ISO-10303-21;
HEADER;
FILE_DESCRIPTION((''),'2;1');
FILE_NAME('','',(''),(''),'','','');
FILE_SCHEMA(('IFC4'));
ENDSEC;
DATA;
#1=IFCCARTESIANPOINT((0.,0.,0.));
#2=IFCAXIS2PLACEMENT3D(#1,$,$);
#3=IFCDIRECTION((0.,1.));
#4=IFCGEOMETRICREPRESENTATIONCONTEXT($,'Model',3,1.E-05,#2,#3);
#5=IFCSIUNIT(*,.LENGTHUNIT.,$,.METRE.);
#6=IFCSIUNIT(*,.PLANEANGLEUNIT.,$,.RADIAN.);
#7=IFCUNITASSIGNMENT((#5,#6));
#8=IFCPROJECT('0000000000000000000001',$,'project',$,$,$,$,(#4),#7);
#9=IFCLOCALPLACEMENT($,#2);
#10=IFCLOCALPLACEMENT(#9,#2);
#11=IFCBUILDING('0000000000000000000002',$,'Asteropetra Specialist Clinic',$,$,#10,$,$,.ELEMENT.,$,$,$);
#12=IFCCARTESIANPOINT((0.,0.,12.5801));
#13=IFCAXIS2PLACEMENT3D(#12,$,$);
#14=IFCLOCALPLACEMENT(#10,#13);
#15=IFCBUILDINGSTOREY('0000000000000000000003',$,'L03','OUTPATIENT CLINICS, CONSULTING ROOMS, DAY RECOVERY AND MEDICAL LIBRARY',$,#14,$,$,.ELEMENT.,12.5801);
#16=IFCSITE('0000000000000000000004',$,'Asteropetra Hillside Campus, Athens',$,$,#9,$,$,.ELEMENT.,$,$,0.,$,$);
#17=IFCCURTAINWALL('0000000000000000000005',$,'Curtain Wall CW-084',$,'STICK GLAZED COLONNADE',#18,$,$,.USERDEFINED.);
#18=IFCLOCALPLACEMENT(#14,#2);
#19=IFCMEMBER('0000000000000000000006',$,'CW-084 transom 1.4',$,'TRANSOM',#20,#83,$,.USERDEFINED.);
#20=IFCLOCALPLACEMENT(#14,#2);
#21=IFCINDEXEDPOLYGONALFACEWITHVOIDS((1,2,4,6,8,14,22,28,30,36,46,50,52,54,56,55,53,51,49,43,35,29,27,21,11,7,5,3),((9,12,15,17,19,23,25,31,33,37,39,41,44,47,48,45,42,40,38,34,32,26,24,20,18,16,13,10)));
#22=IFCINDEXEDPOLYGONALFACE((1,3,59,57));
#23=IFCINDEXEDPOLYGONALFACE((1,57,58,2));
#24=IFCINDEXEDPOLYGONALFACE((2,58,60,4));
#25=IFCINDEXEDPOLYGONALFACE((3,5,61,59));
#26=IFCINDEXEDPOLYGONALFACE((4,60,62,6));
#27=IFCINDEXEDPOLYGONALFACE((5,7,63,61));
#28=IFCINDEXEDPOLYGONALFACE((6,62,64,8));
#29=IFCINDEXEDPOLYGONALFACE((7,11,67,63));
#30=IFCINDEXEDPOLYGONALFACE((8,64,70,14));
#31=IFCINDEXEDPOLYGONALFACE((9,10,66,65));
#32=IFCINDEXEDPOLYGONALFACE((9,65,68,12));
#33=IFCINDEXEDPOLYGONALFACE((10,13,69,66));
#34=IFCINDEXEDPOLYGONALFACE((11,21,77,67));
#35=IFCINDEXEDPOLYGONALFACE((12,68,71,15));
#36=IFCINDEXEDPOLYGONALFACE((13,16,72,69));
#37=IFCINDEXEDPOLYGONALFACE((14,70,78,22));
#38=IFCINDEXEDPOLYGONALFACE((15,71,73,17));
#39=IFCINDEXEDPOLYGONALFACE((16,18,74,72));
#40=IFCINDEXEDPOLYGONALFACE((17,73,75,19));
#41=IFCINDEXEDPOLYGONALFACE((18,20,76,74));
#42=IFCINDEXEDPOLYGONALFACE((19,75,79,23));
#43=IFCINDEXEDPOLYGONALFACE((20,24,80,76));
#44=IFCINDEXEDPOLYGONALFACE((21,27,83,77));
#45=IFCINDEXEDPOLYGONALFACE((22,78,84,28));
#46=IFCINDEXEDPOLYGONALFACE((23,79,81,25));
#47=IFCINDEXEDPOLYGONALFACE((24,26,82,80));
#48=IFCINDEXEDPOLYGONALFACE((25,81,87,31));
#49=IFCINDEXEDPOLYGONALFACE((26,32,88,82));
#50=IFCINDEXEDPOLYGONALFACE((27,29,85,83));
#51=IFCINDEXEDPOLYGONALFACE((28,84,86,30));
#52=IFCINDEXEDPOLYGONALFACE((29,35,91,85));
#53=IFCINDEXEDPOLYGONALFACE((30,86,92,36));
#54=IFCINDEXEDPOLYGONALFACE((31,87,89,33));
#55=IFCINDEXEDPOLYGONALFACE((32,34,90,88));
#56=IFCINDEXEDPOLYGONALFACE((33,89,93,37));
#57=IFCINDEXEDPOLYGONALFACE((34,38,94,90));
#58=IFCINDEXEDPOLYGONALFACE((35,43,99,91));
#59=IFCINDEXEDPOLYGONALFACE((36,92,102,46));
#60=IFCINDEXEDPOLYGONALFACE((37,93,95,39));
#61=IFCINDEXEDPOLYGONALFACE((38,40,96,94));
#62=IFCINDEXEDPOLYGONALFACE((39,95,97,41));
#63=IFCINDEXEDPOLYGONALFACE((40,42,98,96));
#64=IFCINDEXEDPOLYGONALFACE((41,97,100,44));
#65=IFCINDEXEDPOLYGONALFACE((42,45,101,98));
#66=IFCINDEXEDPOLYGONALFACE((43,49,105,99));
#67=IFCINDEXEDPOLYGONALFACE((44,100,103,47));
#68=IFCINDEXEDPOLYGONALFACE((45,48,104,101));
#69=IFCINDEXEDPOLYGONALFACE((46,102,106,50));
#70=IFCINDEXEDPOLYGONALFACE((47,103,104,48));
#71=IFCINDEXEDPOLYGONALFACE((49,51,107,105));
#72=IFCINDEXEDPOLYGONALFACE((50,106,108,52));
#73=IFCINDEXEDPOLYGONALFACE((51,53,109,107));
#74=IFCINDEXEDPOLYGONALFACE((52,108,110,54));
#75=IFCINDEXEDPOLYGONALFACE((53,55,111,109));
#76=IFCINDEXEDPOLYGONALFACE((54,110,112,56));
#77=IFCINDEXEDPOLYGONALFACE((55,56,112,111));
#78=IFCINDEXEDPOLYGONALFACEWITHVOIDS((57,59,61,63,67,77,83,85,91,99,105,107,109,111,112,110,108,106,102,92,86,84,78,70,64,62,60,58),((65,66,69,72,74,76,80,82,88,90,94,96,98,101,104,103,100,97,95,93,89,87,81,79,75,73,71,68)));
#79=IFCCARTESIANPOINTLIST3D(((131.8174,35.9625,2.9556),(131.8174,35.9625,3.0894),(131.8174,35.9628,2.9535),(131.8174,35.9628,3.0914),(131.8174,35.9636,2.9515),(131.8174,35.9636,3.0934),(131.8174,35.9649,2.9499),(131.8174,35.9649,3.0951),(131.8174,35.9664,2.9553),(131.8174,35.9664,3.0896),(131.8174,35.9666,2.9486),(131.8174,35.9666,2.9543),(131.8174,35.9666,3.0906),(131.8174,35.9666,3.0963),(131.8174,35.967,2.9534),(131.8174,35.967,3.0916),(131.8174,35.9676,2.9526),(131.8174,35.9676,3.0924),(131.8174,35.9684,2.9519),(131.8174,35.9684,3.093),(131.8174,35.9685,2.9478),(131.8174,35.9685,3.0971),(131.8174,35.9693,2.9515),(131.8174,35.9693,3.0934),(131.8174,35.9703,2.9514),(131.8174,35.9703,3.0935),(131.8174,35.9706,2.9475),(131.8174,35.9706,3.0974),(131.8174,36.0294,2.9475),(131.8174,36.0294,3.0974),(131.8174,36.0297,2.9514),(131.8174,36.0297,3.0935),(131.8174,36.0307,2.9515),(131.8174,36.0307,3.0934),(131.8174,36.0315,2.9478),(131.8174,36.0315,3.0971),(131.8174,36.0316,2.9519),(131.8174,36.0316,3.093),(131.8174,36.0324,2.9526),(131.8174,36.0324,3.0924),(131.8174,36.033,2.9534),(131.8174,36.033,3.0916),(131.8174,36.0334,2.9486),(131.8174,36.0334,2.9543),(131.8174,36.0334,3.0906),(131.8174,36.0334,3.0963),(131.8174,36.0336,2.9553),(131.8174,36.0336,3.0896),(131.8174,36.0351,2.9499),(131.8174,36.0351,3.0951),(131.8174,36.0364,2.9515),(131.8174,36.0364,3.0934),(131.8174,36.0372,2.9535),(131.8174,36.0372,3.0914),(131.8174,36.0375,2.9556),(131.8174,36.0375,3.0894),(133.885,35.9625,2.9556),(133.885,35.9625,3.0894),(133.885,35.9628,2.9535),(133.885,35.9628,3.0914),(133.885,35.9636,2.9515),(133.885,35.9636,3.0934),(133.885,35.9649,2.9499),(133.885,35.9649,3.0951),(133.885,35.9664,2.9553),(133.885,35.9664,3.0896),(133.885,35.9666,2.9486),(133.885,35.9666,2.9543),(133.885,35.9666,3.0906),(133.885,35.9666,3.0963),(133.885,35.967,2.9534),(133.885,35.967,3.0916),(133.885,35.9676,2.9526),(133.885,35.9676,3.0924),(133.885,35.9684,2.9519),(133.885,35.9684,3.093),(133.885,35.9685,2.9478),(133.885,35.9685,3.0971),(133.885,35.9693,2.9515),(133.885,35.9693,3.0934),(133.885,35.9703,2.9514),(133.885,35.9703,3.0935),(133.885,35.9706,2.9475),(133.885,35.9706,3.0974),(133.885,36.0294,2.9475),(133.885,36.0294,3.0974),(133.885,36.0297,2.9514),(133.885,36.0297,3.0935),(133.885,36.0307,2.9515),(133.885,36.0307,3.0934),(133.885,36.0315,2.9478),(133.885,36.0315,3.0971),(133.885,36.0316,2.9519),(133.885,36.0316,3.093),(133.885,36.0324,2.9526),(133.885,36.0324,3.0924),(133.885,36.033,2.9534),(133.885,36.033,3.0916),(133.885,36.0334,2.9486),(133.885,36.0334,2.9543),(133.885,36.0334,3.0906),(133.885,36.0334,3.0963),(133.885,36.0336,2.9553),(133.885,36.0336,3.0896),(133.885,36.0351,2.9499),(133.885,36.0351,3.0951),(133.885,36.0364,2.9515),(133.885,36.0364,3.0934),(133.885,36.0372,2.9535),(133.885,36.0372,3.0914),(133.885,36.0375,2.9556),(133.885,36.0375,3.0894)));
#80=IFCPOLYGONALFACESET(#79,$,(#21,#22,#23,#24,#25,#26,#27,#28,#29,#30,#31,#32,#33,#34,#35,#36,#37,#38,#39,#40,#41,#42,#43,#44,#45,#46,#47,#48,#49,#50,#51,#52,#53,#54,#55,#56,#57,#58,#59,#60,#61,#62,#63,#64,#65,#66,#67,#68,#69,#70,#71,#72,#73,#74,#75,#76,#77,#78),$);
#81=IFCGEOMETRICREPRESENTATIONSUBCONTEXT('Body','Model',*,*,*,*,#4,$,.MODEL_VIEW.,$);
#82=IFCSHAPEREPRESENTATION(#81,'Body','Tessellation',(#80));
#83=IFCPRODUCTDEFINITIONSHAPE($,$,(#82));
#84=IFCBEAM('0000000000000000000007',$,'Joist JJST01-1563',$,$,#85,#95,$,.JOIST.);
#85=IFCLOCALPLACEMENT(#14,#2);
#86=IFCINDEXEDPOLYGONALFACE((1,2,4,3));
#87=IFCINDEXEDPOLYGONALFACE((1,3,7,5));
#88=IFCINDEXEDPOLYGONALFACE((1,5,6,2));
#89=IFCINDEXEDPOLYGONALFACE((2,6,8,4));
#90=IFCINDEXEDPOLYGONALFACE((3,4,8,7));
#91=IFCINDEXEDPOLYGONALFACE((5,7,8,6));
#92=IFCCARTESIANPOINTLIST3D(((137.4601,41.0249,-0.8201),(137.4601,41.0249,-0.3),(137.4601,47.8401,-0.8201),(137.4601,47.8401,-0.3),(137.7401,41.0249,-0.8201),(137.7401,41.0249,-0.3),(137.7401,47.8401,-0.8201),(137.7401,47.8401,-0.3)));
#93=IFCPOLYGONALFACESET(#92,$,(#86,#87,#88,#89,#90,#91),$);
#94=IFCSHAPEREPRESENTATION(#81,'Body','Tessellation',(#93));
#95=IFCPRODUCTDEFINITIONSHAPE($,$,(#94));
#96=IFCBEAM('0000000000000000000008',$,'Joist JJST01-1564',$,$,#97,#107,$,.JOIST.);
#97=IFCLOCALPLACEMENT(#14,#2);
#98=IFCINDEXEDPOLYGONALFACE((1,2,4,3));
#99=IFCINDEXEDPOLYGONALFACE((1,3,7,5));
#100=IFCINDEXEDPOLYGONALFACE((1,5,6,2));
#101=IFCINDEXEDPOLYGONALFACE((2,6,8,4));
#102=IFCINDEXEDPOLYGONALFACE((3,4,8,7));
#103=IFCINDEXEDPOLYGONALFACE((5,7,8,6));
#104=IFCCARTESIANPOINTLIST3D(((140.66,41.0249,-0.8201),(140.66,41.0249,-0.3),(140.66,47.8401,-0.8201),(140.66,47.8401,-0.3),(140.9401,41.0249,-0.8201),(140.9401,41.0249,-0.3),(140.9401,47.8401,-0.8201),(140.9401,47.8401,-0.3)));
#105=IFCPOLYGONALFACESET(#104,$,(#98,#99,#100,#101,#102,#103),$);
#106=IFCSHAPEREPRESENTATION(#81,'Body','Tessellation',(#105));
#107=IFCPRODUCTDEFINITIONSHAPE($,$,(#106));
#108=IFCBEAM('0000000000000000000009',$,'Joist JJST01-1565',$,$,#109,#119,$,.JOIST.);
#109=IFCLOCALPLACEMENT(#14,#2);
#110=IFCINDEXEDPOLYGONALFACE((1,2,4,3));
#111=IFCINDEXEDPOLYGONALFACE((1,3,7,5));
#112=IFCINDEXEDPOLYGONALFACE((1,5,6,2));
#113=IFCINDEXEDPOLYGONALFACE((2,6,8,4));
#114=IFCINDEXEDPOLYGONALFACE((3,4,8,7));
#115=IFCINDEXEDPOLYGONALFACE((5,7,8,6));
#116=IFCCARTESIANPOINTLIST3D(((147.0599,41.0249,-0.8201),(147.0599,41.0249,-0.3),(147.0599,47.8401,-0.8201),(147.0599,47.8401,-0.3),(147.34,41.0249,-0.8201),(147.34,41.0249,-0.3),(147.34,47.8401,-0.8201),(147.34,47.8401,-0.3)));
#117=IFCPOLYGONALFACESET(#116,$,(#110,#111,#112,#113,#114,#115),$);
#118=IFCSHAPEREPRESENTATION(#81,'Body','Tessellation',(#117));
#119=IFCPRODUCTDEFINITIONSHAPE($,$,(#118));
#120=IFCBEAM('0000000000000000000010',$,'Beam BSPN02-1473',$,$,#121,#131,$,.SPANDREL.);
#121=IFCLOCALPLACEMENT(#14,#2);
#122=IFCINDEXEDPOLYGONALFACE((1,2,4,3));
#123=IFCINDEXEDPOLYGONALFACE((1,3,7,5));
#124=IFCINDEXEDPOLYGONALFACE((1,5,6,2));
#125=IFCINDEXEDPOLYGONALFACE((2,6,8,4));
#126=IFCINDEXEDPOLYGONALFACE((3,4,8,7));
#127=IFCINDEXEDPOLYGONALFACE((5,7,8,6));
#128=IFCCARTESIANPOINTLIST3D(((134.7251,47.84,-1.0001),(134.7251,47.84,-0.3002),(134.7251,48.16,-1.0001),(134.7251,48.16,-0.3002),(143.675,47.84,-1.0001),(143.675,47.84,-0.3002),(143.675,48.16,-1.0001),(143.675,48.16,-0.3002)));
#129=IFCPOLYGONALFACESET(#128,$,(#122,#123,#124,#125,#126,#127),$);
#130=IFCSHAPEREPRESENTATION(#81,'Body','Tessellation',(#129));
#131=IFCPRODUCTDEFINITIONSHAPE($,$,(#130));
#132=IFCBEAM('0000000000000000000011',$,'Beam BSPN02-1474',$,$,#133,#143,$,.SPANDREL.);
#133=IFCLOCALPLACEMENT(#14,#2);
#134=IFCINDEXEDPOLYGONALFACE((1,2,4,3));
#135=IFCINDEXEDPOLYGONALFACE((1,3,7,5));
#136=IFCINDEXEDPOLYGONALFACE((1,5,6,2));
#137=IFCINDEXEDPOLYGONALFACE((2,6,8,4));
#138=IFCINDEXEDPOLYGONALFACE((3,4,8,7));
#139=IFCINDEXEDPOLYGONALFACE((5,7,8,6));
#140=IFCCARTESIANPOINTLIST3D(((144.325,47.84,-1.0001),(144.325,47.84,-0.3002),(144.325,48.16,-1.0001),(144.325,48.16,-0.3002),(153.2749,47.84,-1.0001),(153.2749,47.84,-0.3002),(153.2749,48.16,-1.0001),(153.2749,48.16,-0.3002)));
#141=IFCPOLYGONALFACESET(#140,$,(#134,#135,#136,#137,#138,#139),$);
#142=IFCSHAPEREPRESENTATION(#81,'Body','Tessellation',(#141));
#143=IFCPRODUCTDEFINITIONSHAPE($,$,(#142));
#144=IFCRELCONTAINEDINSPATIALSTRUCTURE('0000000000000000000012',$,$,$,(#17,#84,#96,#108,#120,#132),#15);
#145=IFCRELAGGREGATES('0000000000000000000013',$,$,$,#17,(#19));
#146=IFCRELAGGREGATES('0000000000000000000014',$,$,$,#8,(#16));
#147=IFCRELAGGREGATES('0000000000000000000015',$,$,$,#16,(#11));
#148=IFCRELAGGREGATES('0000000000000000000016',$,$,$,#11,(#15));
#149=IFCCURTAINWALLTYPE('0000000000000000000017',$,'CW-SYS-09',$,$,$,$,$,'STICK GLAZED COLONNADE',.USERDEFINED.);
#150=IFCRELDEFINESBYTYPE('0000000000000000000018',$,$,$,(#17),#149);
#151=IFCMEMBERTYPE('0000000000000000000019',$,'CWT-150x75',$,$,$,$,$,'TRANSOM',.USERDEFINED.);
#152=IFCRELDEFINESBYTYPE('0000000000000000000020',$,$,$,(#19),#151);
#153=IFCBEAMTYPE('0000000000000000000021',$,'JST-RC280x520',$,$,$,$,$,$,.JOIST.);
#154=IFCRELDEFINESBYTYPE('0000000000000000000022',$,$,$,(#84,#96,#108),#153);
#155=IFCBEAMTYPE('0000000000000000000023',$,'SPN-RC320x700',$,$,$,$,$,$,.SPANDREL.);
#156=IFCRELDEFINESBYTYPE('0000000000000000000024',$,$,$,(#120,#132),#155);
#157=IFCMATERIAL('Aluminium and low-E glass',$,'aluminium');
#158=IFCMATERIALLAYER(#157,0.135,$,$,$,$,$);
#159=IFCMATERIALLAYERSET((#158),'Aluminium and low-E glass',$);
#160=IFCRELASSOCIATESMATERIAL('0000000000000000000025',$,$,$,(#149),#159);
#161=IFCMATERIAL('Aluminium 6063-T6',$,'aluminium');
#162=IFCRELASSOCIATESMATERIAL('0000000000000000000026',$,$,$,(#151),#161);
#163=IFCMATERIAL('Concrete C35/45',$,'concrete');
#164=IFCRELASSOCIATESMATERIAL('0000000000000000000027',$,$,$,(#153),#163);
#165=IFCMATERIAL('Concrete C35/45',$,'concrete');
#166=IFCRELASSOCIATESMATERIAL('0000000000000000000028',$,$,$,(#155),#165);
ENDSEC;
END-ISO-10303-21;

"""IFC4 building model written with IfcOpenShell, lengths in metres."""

from ifc_helpers import new_model, si_unit, direction, frame, origin, origin_2d, place, context, subcontext, project, spatial, rectangle, hollow_rectangle, extrude, material, layer, layer_set, material_profile, profile_set, type_object, element, aggregate, save


model = new_model("IFC4")

# Units and contexts
model_context = context("Model", 3, precision=1e-05, world=origin(), true_north=direction((0.0, 1.0)))
body_context = subcontext(model_context, "Body", "Model", "MODEL_VIEW")
ifc_project = project(units=[si_unit("LENGTHUNIT", "METRE"), si_unit("PLANEANGLEUNIT", "RADIAN")], contexts=[model_context])

# Site, building, storey
site_placement = place(None, origin())
site = spatial("IfcSite", under=ifc_project, at=site_placement, Name="Asteropetra Hillside Campus, Athens", CompositionType="ELEMENT", RefElevation=0.0)
building_placement = place(site_placement, origin())
building = spatial("IfcBuilding", under=site, at=building_placement, Name="Asteropetra Specialist Clinic", CompositionType="ELEMENT")
storey_placement = place(building_placement, frame((0.0, 0.0, 12.5801)))
storey = spatial("IfcBuildingStorey", under=building, at=storey_placement, Name="L03", Description="OUTPATIENT CLINICS, CONSULTING ROOMS, DAY RECOVERY AND MEDICAL LIBRARY", CompositionType="ELEMENT", Elevation=12.5801)

# Curtain wall, member
ifc_material_1 = material(Name="Aluminium and low-E glass", Category="aluminium")
ifc_layer_1 = layer(ifc_material_1, 0.135)
ifc_layer_set_1 = layer_set([ifc_layer_1], Name="Aluminium and low-E glass")
curtain_wall_type = type_object("IfcCurtainWallType", Name="CW-SYS-09", ElementType="STICK GLAZED COLONNADE", PredefinedType="USERDEFINED", material=ifc_layer_set_1)
curtain_wall_placement = place(storey_placement, origin())
curtain_wall = element("IfcCurtainWall", 1, at=curtain_wall_placement, inside=storey, type_object=curtain_wall_type, Name="Curtain Wall CW-084", ObjectType="STICK GLAZED COLONNADE", PredefinedType="USERDEFINED")
ifc_material_2 = material(Name="Aluminium 6063-T6", Category="aluminium")
ifc_material_profile_1 = material_profile(ifc_material_2, hollow_rectangle(XDim=0.075, YDim=0.1499, WallThickness=0.0039, InnerFilletRadius=0.0039, OuterFilletRadius=0.0081, at=origin_2d()), Name="TRN 150x75x4.0")
ifc_profile_set_1 = profile_set([ifc_material_profile_1], Name="Aluminium 6063-T6")
member_type_1 = type_object("IfcMemberType", Name="CWT-150x75", ElementType="TRANSOM", PredefinedType="USERDEFINED", material=ifc_profile_set_1)
member_1_placement = place(storey_placement, frame((133.885, 36.0, 3.0225), z_axis=(-1.0, 0.0, 0.0), x_axis=(0.0, -1.0, 0.0)))
member_1 = element("IfcMember", 2, at=member_1_placement, type_object=member_type_1, Name="CW-084 transom 1.4", ObjectType="TRANSOM", PredefinedType="USERDEFINED", context=body_context, shape_type="SweptSolid", body=[
    extrude(hollow_rectangle(XDim=0.075, YDim=0.1499, WallThickness=0.0039, InnerFilletRadius=0.0039, OuterFilletRadius=0.0081, at=origin_2d()), origin(), (0.0, 0.0, 1.0), 2.0676),
])
aggregate(curtain_wall, [member_1])

# Beams
ifc_material_3 = material(Name="Concrete C35/45", Category="concrete")
ifc_material_profile_2 = material_profile(ifc_material_3, rectangle(XDim=0.28, YDim=0.52, at=origin_2d()), Name="RCJ 280x520")
ifc_profile_set_2 = profile_set([ifc_material_profile_2], Name="Concrete C35/45")
beam_type_1 = type_object("IfcBeamType", Name="JST-RC280x520", PredefinedType="JOIST", material=ifc_profile_set_2)
for number, where, z_axis, x_axis, name in (
    (3, (137.6001, 41.0249, -0.5601), (0.0, 1.0, 0.0), (-1.0, 0.0, 0.0), "Joist JJST01-1563"),
    (4, (140.8, 41.0249, -0.5601), (0.0, 1.0, 0.0), (-1.0, 0.0, 0.0), "Joist JJST01-1564"),
    (5, (147.2, 41.0249, -0.5601), (0.0, 1.0, 0.0), (-1.0, 0.0, 0.0), "Joist JJST01-1565"),
):
    element("IfcBeam", number, at=place(storey_placement, frame(where, z_axis=z_axis, x_axis=x_axis)), inside=storey, type_object=beam_type_1, Name=name, PredefinedType="JOIST", context=body_context, shape_type="SweptSolid", body=[
        extrude(rectangle(XDim=0.28, YDim=0.52, at=origin_2d()), origin(), (0.0, 0.0, 1.0), 6.8152),
    ])
ifc_material_4 = material(Name="Concrete C35/45", Category="concrete")
ifc_material_profile_3 = material_profile(ifc_material_4, rectangle(XDim=0.3201, YDim=0.7, at=origin_2d()), Name="RCS 320x700")
ifc_profile_set_3 = profile_set([ifc_material_profile_3], Name="Concrete C35/45")
beam_type_2 = type_object("IfcBeamType", Name="SPN-RC320x700", PredefinedType="SPANDREL", material=ifc_profile_set_3)
for number, where, z_axis, x_axis, name in (
    (6, (134.7251, 48.0, -0.6501), (1.0, 0.0, 0.0), (0.0, 1.0, 0.0), "Beam BSPN02-1473"),
    (7, (144.325, 48.0, -0.6501), (1.0, 0.0, 0.0), (0.0, 1.0, 0.0), "Beam BSPN02-1474"),
):
    element("IfcBeam", number, at=place(storey_placement, frame(where, z_axis=z_axis, x_axis=x_axis)), inside=storey, type_object=beam_type_2, Name=name, PredefinedType="SPANDREL", context=body_context, shape_type="SweptSolid", body=[
        extrude(rectangle(XDim=0.3201, YDim=0.7, at=origin_2d()), origin(), (0.0, 0.0, 1.0), 8.95),
    ])

save(model, "model.ifc")
